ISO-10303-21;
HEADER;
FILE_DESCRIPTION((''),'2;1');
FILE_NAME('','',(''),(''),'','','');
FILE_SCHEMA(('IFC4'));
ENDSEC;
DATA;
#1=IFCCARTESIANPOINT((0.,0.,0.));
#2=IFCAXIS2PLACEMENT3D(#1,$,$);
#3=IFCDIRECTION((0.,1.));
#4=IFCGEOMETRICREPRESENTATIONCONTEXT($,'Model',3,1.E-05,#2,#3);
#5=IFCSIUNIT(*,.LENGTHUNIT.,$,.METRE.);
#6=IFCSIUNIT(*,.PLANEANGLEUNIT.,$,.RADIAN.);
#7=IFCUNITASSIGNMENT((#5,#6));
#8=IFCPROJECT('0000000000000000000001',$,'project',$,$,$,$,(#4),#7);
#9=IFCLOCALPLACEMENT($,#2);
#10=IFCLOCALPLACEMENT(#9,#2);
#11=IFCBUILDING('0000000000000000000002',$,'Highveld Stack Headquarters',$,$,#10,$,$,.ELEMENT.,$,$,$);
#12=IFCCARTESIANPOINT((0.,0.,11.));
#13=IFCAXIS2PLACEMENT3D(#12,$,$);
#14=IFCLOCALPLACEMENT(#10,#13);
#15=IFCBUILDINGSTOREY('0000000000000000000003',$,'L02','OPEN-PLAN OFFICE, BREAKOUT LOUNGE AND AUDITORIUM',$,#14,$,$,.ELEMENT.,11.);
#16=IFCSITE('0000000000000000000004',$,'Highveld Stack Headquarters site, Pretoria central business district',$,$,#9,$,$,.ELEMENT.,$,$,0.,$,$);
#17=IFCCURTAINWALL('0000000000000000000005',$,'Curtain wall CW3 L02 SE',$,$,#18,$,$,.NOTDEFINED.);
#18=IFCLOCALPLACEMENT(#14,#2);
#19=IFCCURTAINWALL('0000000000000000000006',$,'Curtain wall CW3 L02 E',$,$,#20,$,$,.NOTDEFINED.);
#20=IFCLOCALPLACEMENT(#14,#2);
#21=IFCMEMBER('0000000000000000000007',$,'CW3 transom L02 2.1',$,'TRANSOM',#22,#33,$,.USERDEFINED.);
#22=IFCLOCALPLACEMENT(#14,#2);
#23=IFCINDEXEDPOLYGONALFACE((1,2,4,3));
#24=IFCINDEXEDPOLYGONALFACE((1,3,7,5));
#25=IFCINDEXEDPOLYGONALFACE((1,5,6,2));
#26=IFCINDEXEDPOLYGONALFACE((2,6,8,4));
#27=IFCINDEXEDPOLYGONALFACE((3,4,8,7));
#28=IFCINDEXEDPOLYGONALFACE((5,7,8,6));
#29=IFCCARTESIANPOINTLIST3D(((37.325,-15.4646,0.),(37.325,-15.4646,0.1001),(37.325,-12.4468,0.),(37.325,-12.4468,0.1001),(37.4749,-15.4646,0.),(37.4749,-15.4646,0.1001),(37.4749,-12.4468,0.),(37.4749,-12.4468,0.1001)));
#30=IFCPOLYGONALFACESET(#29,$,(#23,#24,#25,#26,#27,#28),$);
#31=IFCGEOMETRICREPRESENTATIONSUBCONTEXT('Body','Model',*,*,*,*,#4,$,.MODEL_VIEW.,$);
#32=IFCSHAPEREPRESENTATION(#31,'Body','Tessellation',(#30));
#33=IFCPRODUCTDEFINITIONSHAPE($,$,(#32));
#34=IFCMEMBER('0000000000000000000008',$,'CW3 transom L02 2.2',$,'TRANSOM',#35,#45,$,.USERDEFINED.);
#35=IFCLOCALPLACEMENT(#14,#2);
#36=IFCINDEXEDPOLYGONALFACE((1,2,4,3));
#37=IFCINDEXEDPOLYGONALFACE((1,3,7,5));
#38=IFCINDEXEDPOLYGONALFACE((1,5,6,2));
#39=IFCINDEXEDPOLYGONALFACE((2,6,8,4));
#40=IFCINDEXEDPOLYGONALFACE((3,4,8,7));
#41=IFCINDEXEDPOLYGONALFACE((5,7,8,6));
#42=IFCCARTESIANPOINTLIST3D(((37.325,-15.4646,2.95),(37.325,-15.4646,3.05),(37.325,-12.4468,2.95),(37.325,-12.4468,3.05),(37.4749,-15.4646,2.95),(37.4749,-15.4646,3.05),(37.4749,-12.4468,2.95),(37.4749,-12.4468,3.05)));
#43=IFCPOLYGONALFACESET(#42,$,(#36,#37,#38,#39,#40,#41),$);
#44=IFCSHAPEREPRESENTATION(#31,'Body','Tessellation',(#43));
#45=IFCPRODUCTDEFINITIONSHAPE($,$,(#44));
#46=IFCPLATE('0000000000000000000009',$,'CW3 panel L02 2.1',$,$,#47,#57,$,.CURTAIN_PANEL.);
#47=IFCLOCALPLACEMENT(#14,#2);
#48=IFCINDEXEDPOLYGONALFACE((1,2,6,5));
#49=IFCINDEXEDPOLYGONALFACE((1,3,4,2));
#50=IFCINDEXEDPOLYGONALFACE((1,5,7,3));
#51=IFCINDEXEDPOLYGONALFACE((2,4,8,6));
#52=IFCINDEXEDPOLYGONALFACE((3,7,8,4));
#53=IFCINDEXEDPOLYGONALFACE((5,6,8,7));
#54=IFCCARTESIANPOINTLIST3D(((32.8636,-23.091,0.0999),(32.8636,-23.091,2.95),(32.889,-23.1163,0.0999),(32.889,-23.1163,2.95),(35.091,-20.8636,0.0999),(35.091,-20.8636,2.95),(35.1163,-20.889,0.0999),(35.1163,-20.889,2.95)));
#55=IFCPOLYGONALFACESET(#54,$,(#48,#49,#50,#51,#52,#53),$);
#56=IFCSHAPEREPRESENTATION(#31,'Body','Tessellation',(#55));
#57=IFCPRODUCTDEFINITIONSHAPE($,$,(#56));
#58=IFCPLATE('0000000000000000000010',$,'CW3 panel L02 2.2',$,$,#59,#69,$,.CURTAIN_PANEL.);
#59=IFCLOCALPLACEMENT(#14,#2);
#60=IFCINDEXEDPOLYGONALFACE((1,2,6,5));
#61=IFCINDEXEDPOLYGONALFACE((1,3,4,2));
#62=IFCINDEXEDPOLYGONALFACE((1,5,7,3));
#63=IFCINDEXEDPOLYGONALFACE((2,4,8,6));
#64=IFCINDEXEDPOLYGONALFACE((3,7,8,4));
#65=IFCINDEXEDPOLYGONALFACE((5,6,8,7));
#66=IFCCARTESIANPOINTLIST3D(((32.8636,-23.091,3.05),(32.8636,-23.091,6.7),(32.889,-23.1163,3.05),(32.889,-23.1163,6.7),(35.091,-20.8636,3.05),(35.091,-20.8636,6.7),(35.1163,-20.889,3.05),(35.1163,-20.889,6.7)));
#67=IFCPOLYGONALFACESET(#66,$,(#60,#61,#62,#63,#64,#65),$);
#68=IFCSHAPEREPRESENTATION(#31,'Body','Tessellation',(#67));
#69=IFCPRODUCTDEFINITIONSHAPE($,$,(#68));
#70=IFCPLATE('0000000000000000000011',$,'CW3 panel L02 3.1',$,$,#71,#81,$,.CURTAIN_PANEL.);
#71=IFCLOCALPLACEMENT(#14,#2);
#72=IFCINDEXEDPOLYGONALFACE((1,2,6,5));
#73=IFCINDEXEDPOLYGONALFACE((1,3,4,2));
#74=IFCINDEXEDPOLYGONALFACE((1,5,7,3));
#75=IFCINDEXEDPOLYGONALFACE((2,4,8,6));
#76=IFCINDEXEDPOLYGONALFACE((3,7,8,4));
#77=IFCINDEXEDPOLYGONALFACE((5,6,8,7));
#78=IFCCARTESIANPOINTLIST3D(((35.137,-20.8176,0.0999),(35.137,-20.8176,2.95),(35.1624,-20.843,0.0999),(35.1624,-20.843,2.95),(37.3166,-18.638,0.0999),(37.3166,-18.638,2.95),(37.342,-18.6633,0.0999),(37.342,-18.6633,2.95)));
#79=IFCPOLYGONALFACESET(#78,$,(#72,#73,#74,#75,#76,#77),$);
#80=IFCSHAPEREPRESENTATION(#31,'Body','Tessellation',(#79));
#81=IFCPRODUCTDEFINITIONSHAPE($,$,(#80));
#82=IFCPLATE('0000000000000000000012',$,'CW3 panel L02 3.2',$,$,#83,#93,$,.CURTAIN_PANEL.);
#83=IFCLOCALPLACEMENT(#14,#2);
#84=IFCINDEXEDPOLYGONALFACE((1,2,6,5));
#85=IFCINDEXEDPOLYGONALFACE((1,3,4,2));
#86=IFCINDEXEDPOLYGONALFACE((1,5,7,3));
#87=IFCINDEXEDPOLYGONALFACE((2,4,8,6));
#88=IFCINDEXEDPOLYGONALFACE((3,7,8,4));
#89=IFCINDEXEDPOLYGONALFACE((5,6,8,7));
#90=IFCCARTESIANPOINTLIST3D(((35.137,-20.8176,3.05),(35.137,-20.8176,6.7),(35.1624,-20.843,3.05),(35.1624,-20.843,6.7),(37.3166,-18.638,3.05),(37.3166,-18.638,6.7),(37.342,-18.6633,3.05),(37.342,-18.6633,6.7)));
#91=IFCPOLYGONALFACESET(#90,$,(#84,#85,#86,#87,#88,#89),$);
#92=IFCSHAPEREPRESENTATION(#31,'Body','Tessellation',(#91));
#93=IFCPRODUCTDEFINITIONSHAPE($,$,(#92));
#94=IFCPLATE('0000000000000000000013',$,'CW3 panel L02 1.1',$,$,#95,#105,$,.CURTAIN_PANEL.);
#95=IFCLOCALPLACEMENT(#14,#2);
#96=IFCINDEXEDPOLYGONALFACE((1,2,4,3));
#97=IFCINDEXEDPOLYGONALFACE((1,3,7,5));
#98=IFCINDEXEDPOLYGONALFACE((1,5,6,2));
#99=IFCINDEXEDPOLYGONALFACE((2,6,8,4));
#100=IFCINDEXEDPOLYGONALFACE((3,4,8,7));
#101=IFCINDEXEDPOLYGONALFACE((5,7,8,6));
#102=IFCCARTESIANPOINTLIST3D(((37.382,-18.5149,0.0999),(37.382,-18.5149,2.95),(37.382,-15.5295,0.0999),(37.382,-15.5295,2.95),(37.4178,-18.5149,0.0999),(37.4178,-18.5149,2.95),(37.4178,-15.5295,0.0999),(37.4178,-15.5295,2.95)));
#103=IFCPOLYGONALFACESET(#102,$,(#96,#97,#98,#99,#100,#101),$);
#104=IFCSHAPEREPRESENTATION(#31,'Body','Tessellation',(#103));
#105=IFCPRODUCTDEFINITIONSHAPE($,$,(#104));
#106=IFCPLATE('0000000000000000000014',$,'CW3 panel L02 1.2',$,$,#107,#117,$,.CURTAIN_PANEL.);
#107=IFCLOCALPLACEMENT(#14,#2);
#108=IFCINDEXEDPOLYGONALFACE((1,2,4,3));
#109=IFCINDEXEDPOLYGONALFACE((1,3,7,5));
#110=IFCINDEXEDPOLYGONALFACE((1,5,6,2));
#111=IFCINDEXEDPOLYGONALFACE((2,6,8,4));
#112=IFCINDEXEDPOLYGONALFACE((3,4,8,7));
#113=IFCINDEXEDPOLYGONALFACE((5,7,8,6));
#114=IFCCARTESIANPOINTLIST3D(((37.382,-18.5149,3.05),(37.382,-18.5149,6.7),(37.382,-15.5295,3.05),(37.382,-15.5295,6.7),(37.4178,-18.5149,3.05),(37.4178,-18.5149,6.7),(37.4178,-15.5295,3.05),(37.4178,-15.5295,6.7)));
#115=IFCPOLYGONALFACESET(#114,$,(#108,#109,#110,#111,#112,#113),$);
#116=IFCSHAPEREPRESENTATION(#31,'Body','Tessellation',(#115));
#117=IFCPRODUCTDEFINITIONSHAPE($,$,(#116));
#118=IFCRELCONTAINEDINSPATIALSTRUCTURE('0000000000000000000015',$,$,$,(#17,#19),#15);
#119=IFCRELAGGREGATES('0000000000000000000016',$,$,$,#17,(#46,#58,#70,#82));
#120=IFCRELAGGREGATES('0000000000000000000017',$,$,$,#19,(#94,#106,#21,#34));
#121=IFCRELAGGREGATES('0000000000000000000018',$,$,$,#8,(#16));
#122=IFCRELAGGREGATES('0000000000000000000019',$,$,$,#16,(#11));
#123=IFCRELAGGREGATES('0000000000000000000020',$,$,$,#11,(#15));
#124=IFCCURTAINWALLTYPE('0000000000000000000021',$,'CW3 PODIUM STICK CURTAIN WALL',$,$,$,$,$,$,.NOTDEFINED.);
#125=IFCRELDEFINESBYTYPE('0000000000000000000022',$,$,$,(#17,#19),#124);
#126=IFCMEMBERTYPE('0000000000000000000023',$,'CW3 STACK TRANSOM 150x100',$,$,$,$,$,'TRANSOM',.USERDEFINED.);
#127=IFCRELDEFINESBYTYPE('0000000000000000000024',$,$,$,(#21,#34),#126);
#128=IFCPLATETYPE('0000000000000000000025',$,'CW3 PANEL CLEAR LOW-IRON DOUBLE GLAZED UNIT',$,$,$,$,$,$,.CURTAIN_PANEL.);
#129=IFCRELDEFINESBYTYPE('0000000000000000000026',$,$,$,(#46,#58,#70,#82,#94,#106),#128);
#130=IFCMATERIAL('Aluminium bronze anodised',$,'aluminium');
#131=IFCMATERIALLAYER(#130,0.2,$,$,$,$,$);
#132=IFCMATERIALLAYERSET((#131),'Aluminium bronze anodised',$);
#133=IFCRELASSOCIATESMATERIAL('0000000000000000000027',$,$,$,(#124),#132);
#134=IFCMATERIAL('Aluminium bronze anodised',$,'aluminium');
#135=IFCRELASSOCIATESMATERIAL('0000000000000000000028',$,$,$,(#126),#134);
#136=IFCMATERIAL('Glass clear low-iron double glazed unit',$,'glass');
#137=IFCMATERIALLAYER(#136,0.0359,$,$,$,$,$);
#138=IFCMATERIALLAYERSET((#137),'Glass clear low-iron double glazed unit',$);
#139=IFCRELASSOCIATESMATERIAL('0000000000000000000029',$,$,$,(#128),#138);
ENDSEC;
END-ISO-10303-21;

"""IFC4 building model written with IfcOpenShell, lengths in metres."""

from ifc_helpers import new_model, si_unit, direction, frame, origin, origin_2d, place, context, subcontext, project, spatial, rectangle, extrude, material, layer, layer_set, material_profile, profile_set, type_object, element, aggregate, save


model = new_model("IFC4")

# Units and contexts
model_context = context("Model", 3, precision=1e-05, world=origin(), true_north=direction((0.0, 1.0)))
body_context = subcontext(model_context, "Body", "Model", "MODEL_VIEW")
ifc_project = project(units=[si_unit("LENGTHUNIT", "METRE"), si_unit("PLANEANGLEUNIT", "RADIAN")], contexts=[model_context])

# Site, building, storey
site_placement = place(None, origin())
site = spatial("IfcSite", under=ifc_project, at=site_placement, Name="Highveld Stack Headquarters site, Pretoria central business district", CompositionType="ELEMENT", RefElevation=0.0)
building_placement = place(site_placement, origin())
building = spatial("IfcBuilding", under=site, at=building_placement, Name="Highveld Stack Headquarters", CompositionType="ELEMENT")
storey_placement = place(building_placement, frame((0.0, 0.0, 11.0)))
storey = spatial("IfcBuildingStorey", under=building, at=storey_placement, Name="L02", Description="OPEN-PLAN OFFICE, BREAKOUT LOUNGE AND AUDITORIUM", CompositionType="ELEMENT", Elevation=11.0)

# Curtain walls
ifc_material_1 = material(Name="Aluminium bronze anodised", Category="aluminium")
ifc_layer_1 = layer(ifc_material_1, 0.2)
ifc_layer_set_1 = layer_set([ifc_layer_1], Name="Aluminium bronze anodised")
curtain_wall_type = type_object("IfcCurtainWallType", Name="CW3 PODIUM STICK CURTAIN WALL", PredefinedType="NOTDEFINED", material=ifc_layer_set_1)
curtain_wall_1_placement = place(storey_placement, origin())
curtain_wall_1 = element("IfcCurtainWall", 1, at=curtain_wall_1_placement, inside=storey, type_object=curtain_wall_type, Name="Curtain wall CW3 L02 SE", PredefinedType="NOTDEFINED")
curtain_wall_2_placement = place(storey_placement, origin())
curtain_wall_2 = element("IfcCurtainWall", 2, at=curtain_wall_2_placement, inside=storey, type_object=curtain_wall_type, Name="Curtain wall CW3 L02 E", PredefinedType="NOTDEFINED")

# Members
ifc_material_2 = material(Name="Aluminium bronze anodised", Category="aluminium")
ifc_material_profile_1 = material_profile(ifc_material_2, rectangle(XDim=0.1499, YDim=0.1001, at=origin_2d()), Name="CW3 TRANSOM 150x100")
ifc_profile_set_1 = profile_set([ifc_material_profile_1], Name="Aluminium bronze anodised")
member_type_1 = type_object("IfcMemberType", Name="CW3 STACK TRANSOM 150x100", ElementType="TRANSOM", PredefinedType="USERDEFINED", material=ifc_profile_set_1)
member_1_placement = place(storey_placement, frame((37.3999, -15.4646, 0.05), z_axis=(0.0, 1.0, 0.0), x_axis=(-1.0, 0.0, 0.0)))
member_1 = element("IfcMember", 3, at=member_1_placement, type_object=member_type_1, Name="CW3 transom L02 2.1", ObjectType="TRANSOM", PredefinedType="USERDEFINED", context=body_context, shape_type="SweptSolid", body=[
    extrude(rectangle(XDim=0.1499, YDim=0.1001, at=origin_2d()), origin(), (0.0, 0.0, 1.0), 3.0178),
])
member_2_placement = place(storey_placement, frame((37.3999, -15.4646, 3.0), z_axis=(0.0, 1.0, 0.0), x_axis=(-1.0, 0.0, 0.0)))
member_2 = element("IfcMember", 4, at=member_2_placement, type_object=member_type_1, Name="CW3 transom L02 2.2", ObjectType="TRANSOM", PredefinedType="USERDEFINED", context=body_context, shape_type="SweptSolid", body=[
    extrude(rectangle(XDim=0.1499, YDim=0.1001, at=origin_2d()), origin(), (0.0, 0.0, 1.0), 3.0178),
])

# Plates
ifc_material_3 = material(Name="Glass clear low-iron double glazed unit", Category="glass")
ifc_layer_2 = layer(ifc_material_3, 0.0359)
ifc_layer_set_2 = layer_set([ifc_layer_2], Name="Glass clear low-iron double glazed unit")
plate_type = type_object("IfcPlateType", Name="CW3 PANEL CLEAR LOW-IRON DOUBLE GLAZED UNIT", PredefinedType="CURTAIN_PANEL", material=ifc_layer_set_2)
plate_1_placement = place(storey_placement, frame((33.99, -21.99, 0.0999), z_axis=(0.0, 0.0, 1.0), x_axis=(0.707107, 0.707107, 0.0)))
plate_1 = element("IfcPlate", 5, at=plate_1_placement, type_object=plate_type, Name="CW3 panel L02 2.1", PredefinedType="CURTAIN_PANEL", context=body_context, shape_type="SweptSolid", body=[
    extrude(rectangle(XDim=3.1499, YDim=0.0359, at=origin_2d()), origin(), (0.0, 0.0, 1.0), 2.8501),
])
plate_2_placement = place(storey_placement, frame((33.99, -21.99, 3.05), z_axis=(0.0, 0.0, 1.0), x_axis=(0.707107, 0.707107, 0.0)))
plate_2 = element("IfcPlate", 6, at=plate_2_placement, type_object=plate_type, Name="CW3 panel L02 2.2", PredefinedType="CURTAIN_PANEL", context=body_context, shape_type="SweptSolid", body=[
    extrude(rectangle(XDim=3.1499, YDim=0.0359, at=origin_2d()), origin(), (0.0, 0.0, 1.0), 3.6499),
])
plate_3_placement = place(storey_placement, frame((36.2395, -19.7405, 0.0999), z_axis=(0.0, 0.0, 1.0), x_axis=(0.707107, 0.707107, 0.0)))
plate_3 = element("IfcPlate", 7, at=plate_3_placement, type_object=plate_type, Name="CW3 panel L02 3.1", PredefinedType="CURTAIN_PANEL", context=body_context, shape_type="SweptSolid", body=[
    extrude(rectangle(XDim=3.0825, YDim=0.0359, at=origin_2d()), origin(), (0.0, 0.0, 1.0), 2.8501),
])
plate_4_placement = place(storey_placement, frame((36.2395, -19.7405, 3.05), z_axis=(0.0, 0.0, 1.0), x_axis=(0.707107, 0.707107, 0.0)))
plate_4 = element("IfcPlate", 8, at=plate_4_placement, type_object=plate_type, Name="CW3 panel L02 3.2", PredefinedType="CURTAIN_PANEL", context=body_context, shape_type="SweptSolid", body=[
    extrude(rectangle(XDim=3.0825, YDim=0.0359, at=origin_2d()), origin(), (0.0, 0.0, 1.0), 3.6499),
])
aggregate(curtain_wall_1, [plate_1, plate_2, plate_3, plate_4])
plate_5_placement = place(storey_placement, frame((37.3999, -17.0222, 0.0999), z_axis=(0.0, 0.0, 1.0), x_axis=(0.0, 1.0, 0.0)))
plate_5 = element("IfcPlate", 9, at=plate_5_placement, type_object=plate_type, Name="CW3 panel L02 1.1", PredefinedType="CURTAIN_PANEL", context=body_context, shape_type="SweptSolid", body=[
    extrude(rectangle(XDim=2.9854, YDim=0.0359, at=origin_2d()), origin(), (0.0, 0.0, 1.0), 2.8501),
])
plate_6_placement = place(storey_placement, frame((37.3999, -17.0222, 3.05), z_axis=(0.0, 0.0, 1.0), x_axis=(0.0, 1.0, 0.0)))
plate_6 = element("IfcPlate", 10, at=plate_6_placement, type_object=plate_type, Name="CW3 panel L02 1.2", PredefinedType="CURTAIN_PANEL", context=body_context, shape_type="SweptSolid", body=[
    extrude(rectangle(XDim=2.9854, YDim=0.0359, at=origin_2d()), origin(), (0.0, 0.0, 1.0), 3.6499),
])
aggregate(curtain_wall_2, [plate_5, plate_6, member_1, member_2])

save(model, "model.ifc")
